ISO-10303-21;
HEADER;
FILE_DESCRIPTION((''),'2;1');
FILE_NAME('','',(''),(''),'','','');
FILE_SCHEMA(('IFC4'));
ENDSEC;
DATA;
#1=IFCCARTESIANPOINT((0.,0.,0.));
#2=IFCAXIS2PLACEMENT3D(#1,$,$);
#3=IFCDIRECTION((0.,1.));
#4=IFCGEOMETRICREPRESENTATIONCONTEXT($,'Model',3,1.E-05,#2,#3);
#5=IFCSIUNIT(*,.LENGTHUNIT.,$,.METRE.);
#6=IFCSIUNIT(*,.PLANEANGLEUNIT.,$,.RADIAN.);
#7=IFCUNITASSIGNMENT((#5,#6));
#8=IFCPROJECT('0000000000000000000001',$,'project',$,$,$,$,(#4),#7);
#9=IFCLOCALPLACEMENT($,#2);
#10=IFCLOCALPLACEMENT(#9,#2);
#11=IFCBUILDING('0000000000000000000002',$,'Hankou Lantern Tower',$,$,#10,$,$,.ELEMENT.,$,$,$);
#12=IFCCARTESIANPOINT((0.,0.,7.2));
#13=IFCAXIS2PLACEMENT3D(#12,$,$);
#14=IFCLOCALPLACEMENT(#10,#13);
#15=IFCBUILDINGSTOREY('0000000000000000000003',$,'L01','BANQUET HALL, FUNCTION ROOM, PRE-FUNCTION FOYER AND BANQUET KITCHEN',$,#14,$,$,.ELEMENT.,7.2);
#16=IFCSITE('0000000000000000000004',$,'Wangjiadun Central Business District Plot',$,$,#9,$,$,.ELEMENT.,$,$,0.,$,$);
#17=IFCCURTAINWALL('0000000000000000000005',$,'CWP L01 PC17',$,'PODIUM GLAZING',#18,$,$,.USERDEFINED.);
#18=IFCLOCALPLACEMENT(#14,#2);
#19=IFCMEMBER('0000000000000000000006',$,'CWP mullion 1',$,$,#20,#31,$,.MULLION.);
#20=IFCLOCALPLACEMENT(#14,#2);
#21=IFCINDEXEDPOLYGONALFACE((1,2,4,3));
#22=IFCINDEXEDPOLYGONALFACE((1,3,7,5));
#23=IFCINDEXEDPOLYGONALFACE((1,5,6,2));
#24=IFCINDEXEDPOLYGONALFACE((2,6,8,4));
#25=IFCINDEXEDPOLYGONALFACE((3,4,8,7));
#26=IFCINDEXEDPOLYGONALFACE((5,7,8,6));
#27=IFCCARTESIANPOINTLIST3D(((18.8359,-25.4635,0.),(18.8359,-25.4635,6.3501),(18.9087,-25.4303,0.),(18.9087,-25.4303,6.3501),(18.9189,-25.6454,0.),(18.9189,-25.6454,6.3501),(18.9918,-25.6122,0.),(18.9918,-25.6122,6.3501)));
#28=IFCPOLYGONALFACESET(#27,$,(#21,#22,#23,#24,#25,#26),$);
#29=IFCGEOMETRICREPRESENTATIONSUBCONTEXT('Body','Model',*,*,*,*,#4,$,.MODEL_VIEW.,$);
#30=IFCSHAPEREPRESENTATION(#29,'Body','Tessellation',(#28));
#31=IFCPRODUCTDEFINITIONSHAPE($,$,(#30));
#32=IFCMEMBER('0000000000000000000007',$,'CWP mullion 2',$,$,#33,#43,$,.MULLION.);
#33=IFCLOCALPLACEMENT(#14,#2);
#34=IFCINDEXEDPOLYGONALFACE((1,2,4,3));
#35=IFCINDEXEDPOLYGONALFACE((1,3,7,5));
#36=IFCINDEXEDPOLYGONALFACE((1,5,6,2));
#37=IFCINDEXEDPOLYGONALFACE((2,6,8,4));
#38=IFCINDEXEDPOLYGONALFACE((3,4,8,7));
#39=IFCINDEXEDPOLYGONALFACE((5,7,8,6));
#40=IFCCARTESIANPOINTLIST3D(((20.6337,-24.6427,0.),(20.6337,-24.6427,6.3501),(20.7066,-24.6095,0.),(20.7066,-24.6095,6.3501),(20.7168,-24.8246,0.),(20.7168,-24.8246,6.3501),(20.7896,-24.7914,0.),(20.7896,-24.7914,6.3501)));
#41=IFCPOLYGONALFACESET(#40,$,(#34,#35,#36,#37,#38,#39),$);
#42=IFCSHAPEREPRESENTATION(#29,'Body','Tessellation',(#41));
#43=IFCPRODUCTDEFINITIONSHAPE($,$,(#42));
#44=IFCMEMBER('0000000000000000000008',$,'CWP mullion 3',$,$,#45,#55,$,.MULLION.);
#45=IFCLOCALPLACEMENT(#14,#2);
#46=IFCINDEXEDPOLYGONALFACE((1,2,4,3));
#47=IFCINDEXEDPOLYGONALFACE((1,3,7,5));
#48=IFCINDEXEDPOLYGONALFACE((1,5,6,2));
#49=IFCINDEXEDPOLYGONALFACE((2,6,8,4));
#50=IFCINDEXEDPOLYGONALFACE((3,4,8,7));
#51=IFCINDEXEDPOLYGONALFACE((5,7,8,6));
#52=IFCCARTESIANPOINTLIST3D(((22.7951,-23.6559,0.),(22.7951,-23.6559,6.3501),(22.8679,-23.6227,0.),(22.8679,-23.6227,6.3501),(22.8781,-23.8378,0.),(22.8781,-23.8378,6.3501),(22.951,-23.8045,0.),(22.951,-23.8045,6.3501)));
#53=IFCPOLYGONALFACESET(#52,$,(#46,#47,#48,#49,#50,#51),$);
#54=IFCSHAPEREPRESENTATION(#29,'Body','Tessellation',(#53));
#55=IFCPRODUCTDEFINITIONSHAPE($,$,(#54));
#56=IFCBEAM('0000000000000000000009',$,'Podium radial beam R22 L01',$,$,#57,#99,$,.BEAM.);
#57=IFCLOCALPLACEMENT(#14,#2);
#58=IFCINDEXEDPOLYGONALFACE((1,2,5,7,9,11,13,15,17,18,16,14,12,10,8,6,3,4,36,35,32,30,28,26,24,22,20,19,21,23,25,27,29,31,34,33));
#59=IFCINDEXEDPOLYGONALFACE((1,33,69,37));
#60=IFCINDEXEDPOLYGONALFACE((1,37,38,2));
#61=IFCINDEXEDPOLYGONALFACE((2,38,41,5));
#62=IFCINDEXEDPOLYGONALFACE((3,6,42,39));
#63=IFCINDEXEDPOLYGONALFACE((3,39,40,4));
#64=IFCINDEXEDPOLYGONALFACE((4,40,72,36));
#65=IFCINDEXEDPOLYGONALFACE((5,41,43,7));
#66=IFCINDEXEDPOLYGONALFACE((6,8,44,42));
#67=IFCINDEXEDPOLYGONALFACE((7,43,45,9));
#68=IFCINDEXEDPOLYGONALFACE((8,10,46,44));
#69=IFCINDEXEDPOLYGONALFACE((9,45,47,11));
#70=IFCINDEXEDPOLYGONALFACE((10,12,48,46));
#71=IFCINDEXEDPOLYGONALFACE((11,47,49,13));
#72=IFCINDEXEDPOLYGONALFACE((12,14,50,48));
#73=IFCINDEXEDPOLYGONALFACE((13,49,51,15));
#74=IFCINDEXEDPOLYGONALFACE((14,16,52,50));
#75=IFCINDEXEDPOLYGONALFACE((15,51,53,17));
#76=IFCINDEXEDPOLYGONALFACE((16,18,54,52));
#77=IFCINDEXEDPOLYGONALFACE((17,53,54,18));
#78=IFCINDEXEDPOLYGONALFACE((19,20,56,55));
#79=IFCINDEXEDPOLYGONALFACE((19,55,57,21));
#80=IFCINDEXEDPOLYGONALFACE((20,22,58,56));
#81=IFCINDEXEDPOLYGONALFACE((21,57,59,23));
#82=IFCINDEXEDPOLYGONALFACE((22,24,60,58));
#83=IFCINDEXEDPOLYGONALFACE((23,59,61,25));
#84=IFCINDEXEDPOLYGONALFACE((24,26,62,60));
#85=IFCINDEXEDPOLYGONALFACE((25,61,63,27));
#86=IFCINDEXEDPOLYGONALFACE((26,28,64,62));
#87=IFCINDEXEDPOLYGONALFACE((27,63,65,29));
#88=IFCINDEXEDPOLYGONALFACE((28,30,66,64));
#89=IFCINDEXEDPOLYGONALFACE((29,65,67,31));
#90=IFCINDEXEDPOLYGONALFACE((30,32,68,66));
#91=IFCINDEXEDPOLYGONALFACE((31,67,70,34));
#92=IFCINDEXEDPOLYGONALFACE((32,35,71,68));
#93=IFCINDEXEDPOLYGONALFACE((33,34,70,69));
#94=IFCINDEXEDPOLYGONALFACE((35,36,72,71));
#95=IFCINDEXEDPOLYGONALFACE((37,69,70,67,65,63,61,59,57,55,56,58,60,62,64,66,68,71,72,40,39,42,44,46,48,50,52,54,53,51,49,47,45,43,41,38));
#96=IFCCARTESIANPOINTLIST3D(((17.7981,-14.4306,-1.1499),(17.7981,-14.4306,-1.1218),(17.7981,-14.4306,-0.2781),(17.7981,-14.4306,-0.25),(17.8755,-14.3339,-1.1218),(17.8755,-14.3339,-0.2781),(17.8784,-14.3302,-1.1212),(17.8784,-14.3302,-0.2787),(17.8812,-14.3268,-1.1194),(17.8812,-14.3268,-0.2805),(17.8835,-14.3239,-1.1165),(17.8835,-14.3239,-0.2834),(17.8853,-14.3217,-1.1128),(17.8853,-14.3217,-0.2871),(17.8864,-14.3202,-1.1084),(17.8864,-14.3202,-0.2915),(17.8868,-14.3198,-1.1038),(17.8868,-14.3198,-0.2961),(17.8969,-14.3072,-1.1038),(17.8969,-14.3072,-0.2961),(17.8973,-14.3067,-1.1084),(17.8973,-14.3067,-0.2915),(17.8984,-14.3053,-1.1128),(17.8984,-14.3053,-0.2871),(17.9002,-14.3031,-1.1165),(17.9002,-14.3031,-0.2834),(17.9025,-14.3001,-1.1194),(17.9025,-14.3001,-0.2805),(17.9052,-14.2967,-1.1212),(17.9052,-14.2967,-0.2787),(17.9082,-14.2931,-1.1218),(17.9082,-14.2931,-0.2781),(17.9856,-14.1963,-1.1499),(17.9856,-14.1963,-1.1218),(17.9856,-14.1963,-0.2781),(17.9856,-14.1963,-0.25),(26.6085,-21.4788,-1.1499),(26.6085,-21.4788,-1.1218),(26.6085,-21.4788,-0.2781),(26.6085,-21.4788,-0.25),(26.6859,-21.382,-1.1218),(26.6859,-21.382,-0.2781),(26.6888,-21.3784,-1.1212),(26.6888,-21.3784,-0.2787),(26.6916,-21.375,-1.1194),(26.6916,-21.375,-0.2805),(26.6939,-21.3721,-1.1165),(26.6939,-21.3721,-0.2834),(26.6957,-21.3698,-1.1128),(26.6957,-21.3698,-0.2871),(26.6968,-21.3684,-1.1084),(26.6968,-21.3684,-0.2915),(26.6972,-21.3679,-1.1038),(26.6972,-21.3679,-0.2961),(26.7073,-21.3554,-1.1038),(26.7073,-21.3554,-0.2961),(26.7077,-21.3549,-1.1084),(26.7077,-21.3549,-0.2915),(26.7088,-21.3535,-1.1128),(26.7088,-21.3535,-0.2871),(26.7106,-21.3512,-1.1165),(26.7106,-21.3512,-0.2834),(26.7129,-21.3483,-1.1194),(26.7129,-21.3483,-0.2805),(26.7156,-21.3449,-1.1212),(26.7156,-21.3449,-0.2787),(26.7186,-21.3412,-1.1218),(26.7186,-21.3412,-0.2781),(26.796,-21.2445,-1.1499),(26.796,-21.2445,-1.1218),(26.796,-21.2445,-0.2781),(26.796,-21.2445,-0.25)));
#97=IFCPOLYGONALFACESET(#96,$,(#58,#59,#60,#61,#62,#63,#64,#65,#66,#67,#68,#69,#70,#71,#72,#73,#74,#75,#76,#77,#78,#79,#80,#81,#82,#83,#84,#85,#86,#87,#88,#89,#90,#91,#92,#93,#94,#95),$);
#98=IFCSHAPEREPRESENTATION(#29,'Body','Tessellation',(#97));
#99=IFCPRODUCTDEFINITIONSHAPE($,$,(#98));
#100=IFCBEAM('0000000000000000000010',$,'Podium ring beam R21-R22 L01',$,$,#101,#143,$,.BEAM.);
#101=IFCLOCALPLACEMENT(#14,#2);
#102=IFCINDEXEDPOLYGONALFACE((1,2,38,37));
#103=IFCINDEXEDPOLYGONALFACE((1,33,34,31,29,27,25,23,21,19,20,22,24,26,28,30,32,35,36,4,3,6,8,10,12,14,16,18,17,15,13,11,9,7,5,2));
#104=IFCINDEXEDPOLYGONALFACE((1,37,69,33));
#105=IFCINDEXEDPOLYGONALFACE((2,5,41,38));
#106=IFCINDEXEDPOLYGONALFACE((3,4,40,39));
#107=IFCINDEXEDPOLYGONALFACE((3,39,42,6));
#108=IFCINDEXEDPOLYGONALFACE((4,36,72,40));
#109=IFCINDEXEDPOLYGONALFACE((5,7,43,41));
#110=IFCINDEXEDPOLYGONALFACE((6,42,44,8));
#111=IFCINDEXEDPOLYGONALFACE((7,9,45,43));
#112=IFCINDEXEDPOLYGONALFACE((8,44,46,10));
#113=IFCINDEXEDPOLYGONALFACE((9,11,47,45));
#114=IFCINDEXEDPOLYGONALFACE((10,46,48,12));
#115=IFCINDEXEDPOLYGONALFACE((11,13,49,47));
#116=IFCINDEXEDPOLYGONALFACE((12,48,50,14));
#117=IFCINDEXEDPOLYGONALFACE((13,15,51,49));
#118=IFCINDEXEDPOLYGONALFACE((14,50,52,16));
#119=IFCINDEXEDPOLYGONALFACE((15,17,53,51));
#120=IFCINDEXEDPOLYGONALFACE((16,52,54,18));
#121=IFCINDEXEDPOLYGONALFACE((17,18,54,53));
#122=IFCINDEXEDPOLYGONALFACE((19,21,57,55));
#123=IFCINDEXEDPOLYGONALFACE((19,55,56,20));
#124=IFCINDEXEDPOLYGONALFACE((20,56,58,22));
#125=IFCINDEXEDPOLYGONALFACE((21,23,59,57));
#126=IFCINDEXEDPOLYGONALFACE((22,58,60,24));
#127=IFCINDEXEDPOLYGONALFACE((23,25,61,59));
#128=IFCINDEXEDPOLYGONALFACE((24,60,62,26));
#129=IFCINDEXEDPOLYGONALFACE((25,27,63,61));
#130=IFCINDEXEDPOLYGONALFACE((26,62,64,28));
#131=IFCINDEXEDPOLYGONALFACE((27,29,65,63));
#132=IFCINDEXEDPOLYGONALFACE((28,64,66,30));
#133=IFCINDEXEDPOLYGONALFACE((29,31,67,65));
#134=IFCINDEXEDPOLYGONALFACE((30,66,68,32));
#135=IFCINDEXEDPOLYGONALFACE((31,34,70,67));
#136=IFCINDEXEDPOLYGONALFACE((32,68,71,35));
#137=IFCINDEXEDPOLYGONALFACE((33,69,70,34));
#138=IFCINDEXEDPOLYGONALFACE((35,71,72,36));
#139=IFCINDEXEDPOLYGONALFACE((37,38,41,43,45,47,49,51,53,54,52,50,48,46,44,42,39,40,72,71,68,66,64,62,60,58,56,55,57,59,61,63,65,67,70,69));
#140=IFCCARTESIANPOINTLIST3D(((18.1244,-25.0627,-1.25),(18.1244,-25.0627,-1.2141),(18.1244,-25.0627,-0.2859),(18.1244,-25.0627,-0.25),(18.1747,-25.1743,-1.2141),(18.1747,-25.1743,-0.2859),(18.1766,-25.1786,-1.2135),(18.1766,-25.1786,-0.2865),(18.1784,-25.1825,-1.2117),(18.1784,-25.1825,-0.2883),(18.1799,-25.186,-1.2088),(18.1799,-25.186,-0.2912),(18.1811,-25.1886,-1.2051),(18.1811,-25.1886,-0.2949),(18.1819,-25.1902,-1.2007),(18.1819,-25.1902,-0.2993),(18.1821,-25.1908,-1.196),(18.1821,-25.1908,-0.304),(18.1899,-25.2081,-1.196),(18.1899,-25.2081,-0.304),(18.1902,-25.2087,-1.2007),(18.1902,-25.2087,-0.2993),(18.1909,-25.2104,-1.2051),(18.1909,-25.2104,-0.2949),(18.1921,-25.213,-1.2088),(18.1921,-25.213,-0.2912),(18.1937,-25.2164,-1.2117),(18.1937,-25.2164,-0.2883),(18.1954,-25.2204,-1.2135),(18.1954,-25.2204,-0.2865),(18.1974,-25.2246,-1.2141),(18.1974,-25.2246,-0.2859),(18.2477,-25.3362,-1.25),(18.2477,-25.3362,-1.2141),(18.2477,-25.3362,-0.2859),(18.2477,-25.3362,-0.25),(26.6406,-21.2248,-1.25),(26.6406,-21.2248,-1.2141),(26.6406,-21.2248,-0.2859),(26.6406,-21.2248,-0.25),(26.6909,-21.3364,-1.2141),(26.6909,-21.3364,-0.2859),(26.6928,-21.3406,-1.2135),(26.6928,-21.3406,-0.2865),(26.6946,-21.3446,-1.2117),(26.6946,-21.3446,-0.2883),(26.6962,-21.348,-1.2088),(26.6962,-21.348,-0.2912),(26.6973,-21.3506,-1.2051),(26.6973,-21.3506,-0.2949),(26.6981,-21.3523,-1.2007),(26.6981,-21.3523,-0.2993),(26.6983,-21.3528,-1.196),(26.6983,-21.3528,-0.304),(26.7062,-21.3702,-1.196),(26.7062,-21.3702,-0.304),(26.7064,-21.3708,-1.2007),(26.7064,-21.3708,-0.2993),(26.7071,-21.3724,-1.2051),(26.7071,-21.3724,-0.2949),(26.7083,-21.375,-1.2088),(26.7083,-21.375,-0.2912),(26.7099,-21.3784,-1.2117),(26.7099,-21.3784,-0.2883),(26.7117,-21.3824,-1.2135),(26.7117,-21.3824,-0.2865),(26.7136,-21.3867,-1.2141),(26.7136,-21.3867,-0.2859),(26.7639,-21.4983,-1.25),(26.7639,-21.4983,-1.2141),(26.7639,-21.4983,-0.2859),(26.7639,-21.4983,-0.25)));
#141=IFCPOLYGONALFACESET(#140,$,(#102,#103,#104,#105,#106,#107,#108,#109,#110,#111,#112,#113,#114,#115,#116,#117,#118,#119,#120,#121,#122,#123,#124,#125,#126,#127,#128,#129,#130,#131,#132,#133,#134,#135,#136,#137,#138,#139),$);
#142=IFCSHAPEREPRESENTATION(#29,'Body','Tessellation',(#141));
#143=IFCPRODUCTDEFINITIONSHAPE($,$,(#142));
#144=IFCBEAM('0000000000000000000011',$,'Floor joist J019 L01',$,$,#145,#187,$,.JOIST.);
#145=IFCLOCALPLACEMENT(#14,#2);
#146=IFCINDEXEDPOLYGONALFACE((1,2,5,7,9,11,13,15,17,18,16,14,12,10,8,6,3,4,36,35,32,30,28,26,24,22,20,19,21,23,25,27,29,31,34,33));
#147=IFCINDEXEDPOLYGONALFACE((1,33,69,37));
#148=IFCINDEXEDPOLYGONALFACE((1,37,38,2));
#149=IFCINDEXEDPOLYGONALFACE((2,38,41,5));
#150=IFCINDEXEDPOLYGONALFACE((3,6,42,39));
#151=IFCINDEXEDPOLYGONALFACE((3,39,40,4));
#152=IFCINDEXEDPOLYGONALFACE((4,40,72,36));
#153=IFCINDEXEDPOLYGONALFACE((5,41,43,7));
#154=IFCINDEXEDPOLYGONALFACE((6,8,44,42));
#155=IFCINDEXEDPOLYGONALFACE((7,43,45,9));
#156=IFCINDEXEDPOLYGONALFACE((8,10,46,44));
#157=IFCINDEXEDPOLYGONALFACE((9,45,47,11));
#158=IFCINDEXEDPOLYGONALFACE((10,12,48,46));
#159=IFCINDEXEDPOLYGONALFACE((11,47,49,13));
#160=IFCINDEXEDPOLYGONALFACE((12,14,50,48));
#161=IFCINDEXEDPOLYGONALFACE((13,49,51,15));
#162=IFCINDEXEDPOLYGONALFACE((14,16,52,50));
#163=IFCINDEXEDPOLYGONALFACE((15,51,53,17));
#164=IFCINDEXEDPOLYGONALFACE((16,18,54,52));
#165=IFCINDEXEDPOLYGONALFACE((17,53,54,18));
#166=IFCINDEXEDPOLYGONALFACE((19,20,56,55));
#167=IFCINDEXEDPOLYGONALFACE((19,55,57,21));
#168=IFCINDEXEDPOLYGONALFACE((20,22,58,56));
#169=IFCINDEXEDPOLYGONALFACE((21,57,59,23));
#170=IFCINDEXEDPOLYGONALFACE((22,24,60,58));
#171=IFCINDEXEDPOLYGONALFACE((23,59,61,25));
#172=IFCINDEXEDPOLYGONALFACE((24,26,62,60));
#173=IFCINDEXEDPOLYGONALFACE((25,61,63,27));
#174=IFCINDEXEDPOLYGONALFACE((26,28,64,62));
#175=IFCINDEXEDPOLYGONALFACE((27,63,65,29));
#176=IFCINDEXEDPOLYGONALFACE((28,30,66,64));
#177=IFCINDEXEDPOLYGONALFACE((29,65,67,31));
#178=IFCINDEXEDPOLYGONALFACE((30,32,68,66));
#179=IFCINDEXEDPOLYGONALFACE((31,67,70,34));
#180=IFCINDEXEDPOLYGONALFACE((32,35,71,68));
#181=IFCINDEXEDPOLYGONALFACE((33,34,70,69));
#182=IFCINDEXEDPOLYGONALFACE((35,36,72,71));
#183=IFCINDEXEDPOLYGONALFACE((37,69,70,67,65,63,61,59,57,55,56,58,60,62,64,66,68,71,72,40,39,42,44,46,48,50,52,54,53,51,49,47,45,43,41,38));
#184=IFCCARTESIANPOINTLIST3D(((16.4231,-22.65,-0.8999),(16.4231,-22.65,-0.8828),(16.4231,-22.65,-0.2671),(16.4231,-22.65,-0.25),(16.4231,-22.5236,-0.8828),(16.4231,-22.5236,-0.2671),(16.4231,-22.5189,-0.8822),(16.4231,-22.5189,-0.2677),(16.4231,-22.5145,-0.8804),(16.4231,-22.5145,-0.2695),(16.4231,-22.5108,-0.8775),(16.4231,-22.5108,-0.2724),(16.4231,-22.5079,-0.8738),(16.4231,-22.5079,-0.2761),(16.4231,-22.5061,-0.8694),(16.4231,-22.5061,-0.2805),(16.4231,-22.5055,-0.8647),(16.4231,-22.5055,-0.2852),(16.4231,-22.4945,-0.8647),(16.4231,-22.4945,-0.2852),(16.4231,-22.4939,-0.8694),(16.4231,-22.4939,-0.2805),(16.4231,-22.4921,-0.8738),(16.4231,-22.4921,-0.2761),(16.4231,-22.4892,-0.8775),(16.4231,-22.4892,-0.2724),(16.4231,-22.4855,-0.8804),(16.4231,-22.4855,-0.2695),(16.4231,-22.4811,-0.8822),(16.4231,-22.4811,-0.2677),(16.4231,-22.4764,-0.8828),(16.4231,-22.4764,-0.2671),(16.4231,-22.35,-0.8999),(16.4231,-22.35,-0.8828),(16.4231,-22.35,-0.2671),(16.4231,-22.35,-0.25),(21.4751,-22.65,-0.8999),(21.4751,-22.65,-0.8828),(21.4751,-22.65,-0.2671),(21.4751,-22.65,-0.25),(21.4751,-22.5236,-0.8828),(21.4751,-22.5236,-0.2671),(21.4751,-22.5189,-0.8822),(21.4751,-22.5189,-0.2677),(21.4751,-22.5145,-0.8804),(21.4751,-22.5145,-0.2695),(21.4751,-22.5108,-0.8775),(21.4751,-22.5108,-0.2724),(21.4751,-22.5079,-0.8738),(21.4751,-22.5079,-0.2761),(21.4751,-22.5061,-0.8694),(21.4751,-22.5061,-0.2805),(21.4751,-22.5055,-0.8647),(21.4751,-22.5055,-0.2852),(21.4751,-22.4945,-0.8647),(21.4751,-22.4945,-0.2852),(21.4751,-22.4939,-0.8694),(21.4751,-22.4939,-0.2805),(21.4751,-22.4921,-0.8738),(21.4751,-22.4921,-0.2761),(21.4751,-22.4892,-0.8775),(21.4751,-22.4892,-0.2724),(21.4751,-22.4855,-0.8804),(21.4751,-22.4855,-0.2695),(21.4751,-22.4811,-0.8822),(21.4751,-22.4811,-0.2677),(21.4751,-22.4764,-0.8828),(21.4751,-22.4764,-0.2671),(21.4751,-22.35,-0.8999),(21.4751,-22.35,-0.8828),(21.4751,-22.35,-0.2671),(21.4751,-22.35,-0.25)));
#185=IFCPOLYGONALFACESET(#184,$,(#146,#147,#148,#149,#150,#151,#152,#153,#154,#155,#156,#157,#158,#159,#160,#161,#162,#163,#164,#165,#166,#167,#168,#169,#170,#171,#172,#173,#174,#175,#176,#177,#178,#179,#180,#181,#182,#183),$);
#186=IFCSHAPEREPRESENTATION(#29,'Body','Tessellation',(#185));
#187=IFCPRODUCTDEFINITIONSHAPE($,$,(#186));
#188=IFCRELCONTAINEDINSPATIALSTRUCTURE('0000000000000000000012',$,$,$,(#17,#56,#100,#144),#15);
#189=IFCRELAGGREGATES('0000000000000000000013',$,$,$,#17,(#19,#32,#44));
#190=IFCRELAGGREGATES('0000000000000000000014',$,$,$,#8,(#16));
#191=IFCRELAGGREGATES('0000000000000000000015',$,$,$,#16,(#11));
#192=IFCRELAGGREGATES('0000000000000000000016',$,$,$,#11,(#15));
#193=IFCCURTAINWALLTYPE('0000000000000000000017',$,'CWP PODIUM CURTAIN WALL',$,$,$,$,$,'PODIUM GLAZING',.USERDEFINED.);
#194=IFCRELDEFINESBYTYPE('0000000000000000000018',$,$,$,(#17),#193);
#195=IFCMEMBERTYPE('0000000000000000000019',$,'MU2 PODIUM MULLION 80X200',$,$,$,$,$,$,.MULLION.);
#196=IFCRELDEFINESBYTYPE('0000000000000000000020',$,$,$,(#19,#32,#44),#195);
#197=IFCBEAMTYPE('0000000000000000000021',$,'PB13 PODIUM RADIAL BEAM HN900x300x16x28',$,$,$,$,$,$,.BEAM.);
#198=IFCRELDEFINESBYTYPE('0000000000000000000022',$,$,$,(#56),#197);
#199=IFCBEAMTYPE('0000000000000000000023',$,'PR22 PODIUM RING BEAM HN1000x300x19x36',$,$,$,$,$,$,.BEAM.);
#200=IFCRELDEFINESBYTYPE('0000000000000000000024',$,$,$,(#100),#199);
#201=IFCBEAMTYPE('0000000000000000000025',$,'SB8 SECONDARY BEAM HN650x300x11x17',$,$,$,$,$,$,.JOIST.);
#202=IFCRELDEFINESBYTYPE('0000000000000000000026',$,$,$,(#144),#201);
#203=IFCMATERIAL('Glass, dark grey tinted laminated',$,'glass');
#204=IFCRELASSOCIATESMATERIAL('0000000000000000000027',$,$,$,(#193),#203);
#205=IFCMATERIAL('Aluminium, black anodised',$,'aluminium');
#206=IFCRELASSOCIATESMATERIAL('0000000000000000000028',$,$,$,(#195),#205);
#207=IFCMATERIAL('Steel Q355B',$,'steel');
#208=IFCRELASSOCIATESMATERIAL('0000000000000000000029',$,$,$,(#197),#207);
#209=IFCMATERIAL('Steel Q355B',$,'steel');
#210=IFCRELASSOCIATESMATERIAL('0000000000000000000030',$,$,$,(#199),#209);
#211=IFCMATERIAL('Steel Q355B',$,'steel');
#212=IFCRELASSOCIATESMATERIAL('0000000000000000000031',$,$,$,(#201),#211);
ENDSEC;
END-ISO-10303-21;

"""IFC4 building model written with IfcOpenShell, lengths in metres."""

from ifc_helpers import new_model, si_unit, direction, frame, origin, origin_2d, place, context, subcontext, project, spatial, rectangle, i_section, extrude, material, material_profile, profile_set, type_object, element, aggregate, save


model = new_model("IFC4")

# Units and contexts
model_context = context("Model", 3, precision=1e-05, world=origin(), true_north=direction((0.0, 1.0)))
body_context = subcontext(model_context, "Body", "Model", "MODEL_VIEW")
ifc_project = project(units=[si_unit("LENGTHUNIT", "METRE"), si_unit("PLANEANGLEUNIT", "RADIAN")], contexts=[model_context])

# Site, building, storey
site_placement = place(None, origin())
site = spatial("IfcSite", under=ifc_project, at=site_placement, Name="Wangjiadun Central Business District Plot", CompositionType="ELEMENT", RefElevation=0.0)
building_placement = place(site_placement, origin())
building = spatial("IfcBuilding", under=site, at=building_placement, Name="Hankou Lantern Tower", CompositionType="ELEMENT")
storey_placement = place(building_placement, frame((0.0, 0.0, 7.2)))
storey = spatial("IfcBuildingStorey", under=building, at=storey_placement, Name="L01", Description="BANQUET HALL, FUNCTION ROOM, PRE-FUNCTION FOYER AND BANQUET KITCHEN", CompositionType="ELEMENT", Elevation=7.2)

# Curtain wall, members
ifc_material_1 = material(Name="Glass, dark grey tinted laminated", Category="glass")
curtain_wall_type = type_object("IfcCurtainWallType", Name="CWP PODIUM CURTAIN WALL", ElementType="PODIUM GLAZING", PredefinedType="USERDEFINED", material=ifc_material_1)
ifc_material_2 = material(Name="Aluminium, black anodised", Category="aluminium")
ifc_material_profile_1 = material_profile(ifc_material_2, rectangle(XDim=0.0801, YDim=0.2, at=origin_2d()), Name="MU2 80X200")
ifc_profile_set_1 = profile_set([ifc_material_profile_1], Name="Aluminium, black anodised")
member_type_1 = type_object("IfcMemberType", Name="MU2 PODIUM MULLION 80X200", PredefinedType="MULLION", material=ifc_profile_set_1)
curtain_wall_1_placement = place(storey_placement, origin())
curtain_wall_1 = element("IfcCurtainWall", 1, at=curtain_wall_1_placement, inside=storey, type_object=curtain_wall_type, Name="CWP L01 PC17", ObjectType="PODIUM GLAZING", PredefinedType="USERDEFINED")
member_1_placement = place(storey_placement, frame((18.9138, -25.5378, 0.0), z_axis=(0.0, 0.0, 1.0), x_axis=(0.90967, 0.415332, 0.0)))
member_1 = element("IfcMember", 2, at=member_1_placement, type_object=member_type_1, Name="CWP mullion 1", PredefinedType="MULLION", context=body_context, shape_type="SweptSolid", body=[
    extrude(rectangle(XDim=0.0801, YDim=0.2, at=origin_2d()), origin(), (0.0, 0.0, 1.0), 6.3501),
])
member_2_placement = place(storey_placement, frame((20.7117, -24.717, 0.0), z_axis=(0.0, 0.0, 1.0), x_axis=(0.90967, 0.415332, 0.0)))
member_2 = element("IfcMember", 3, at=member_2_placement, type_object=member_type_1, Name="CWP mullion 2", PredefinedType="MULLION", context=body_context, shape_type="SweptSolid", body=[
    extrude(rectangle(XDim=0.0801, YDim=0.2, at=origin_2d()), origin(), (0.0, 0.0, 1.0), 6.3501),
])
member_3_placement = place(storey_placement, frame((22.873, -23.7302, 0.0), z_axis=(0.0, 0.0, 1.0), x_axis=(0.90967, 0.415332, 0.0)))
member_3 = element("IfcMember", 4, at=member_3_placement, type_object=member_type_1, Name="CWP mullion 3", PredefinedType="MULLION", context=body_context, shape_type="SweptSolid", body=[
    extrude(rectangle(XDim=0.0801, YDim=0.2, at=origin_2d()), origin(), (0.0, 0.0, 1.0), 6.3501),
])

# Beams
ifc_material_3 = material(Name="Steel Q355B", Category="steel")
ifc_material_profile_2 = material_profile(ifc_material_3, i_section(OverallWidth=0.3, OverallDepth=0.8999, WebThickness=0.0161, FlangeThickness=0.0281, FilletRadius=0.0181, at=origin_2d()), Name="HN900x300x16x28")
ifc_profile_set_2 = profile_set([ifc_material_profile_2], Name="Steel Q355B")
beam_type_1 = type_object("IfcBeamType", Name="PB13 PODIUM RADIAL BEAM HN900x300x16x28", PredefinedType="BEAM", material=ifc_profile_set_2)
beam_1_placement = place(storey_placement, frame((17.8918, -14.3135, -0.7), z_axis=(0.780875, -0.624687, 0.0), x_axis=(0.624687, 0.780875, 0.0)))
element("IfcBeam", 5, at=beam_1_placement, inside=storey, type_object=beam_type_1, Name="Podium radial beam R22 L01", PredefinedType="BEAM", context=body_context, shape_type="SweptSolid", body=[
    extrude(i_section(OverallWidth=0.3, OverallDepth=0.8999, WebThickness=0.0161, FlangeThickness=0.0281, FilletRadius=0.0181, at=origin_2d()), origin(), (0.0, 0.0, 1.0), 11.2827),
])
ifc_material_4 = material(Name="Steel Q355B", Category="steel")
ifc_material_profile_3 = material_profile(ifc_material_4, i_section(OverallWidth=0.3, OverallDepth=1.0, WebThickness=0.019, FlangeThickness=0.0359, FilletRadius=0.0181, at=origin_2d()), Name="HN1000x300x19x36")
ifc_profile_set_3 = profile_set([ifc_material_profile_3], Name="Steel Q355B")
beam_type_2 = type_object("IfcBeamType", Name="PR22 PODIUM RING BEAM HN1000x300x19x36", PredefinedType="BEAM", material=ifc_profile_set_3)
beam_2_placement = place(storey_placement, frame((18.186, -25.1995, -0.75), z_axis=(0.911695, 0.410867, 0.0), x_axis=(-0.410867, 0.911695, 0.0)))
element("IfcBeam", 6, at=beam_2_placement, inside=storey, type_object=beam_type_2, Name="Podium ring beam R21-R22 L01", PredefinedType="BEAM", context=body_context, shape_type="SweptSolid", body=[
    extrude(i_section(OverallWidth=0.3, OverallDepth=1.0, WebThickness=0.019, FlangeThickness=0.0359, FilletRadius=0.0181, at=origin_2d()), origin(), (0.0, 0.0, 1.0), 9.3411),
])
ifc_material_5 = material(Name="Steel Q355B", Category="steel")
ifc_material_profile_4 = material_profile(ifc_material_5, i_section(OverallWidth=0.3, OverallDepth=0.6499, WebThickness=0.011, FlangeThickness=0.0171, FilletRadius=0.0181, at=origin_2d()), Name="HN650x300x11x17")
ifc_profile_set_4 = profile_set([ifc_material_profile_4], Name="Steel Q355B")
beam_type_3 = type_object("IfcBeamType", Name="SB8 SECONDARY BEAM HN650x300x11x17", PredefinedType="JOIST", material=ifc_profile_set_4)
beam_3_placement = place(storey_placement, frame((16.4231, -22.5, -0.575), z_axis=(1.0, 0.0, 0.0), x_axis=(0.0, 1.0, 0.0)))
element("IfcBeam", 7, at=beam_3_placement, inside=storey, type_object=beam_type_3, Name="Floor joist J019 L01", PredefinedType="JOIST", context=body_context, shape_type="SweptSolid", body=[
    extrude(i_section(OverallWidth=0.3, OverallDepth=0.6499, WebThickness=0.011, FlangeThickness=0.0171, FilletRadius=0.0181, at=origin_2d()), origin(), (0.0, 0.0, 1.0), 5.052),
])

aggregate(curtain_wall_1, [member_1, member_2, member_3])

save(model, "model.ifc")
